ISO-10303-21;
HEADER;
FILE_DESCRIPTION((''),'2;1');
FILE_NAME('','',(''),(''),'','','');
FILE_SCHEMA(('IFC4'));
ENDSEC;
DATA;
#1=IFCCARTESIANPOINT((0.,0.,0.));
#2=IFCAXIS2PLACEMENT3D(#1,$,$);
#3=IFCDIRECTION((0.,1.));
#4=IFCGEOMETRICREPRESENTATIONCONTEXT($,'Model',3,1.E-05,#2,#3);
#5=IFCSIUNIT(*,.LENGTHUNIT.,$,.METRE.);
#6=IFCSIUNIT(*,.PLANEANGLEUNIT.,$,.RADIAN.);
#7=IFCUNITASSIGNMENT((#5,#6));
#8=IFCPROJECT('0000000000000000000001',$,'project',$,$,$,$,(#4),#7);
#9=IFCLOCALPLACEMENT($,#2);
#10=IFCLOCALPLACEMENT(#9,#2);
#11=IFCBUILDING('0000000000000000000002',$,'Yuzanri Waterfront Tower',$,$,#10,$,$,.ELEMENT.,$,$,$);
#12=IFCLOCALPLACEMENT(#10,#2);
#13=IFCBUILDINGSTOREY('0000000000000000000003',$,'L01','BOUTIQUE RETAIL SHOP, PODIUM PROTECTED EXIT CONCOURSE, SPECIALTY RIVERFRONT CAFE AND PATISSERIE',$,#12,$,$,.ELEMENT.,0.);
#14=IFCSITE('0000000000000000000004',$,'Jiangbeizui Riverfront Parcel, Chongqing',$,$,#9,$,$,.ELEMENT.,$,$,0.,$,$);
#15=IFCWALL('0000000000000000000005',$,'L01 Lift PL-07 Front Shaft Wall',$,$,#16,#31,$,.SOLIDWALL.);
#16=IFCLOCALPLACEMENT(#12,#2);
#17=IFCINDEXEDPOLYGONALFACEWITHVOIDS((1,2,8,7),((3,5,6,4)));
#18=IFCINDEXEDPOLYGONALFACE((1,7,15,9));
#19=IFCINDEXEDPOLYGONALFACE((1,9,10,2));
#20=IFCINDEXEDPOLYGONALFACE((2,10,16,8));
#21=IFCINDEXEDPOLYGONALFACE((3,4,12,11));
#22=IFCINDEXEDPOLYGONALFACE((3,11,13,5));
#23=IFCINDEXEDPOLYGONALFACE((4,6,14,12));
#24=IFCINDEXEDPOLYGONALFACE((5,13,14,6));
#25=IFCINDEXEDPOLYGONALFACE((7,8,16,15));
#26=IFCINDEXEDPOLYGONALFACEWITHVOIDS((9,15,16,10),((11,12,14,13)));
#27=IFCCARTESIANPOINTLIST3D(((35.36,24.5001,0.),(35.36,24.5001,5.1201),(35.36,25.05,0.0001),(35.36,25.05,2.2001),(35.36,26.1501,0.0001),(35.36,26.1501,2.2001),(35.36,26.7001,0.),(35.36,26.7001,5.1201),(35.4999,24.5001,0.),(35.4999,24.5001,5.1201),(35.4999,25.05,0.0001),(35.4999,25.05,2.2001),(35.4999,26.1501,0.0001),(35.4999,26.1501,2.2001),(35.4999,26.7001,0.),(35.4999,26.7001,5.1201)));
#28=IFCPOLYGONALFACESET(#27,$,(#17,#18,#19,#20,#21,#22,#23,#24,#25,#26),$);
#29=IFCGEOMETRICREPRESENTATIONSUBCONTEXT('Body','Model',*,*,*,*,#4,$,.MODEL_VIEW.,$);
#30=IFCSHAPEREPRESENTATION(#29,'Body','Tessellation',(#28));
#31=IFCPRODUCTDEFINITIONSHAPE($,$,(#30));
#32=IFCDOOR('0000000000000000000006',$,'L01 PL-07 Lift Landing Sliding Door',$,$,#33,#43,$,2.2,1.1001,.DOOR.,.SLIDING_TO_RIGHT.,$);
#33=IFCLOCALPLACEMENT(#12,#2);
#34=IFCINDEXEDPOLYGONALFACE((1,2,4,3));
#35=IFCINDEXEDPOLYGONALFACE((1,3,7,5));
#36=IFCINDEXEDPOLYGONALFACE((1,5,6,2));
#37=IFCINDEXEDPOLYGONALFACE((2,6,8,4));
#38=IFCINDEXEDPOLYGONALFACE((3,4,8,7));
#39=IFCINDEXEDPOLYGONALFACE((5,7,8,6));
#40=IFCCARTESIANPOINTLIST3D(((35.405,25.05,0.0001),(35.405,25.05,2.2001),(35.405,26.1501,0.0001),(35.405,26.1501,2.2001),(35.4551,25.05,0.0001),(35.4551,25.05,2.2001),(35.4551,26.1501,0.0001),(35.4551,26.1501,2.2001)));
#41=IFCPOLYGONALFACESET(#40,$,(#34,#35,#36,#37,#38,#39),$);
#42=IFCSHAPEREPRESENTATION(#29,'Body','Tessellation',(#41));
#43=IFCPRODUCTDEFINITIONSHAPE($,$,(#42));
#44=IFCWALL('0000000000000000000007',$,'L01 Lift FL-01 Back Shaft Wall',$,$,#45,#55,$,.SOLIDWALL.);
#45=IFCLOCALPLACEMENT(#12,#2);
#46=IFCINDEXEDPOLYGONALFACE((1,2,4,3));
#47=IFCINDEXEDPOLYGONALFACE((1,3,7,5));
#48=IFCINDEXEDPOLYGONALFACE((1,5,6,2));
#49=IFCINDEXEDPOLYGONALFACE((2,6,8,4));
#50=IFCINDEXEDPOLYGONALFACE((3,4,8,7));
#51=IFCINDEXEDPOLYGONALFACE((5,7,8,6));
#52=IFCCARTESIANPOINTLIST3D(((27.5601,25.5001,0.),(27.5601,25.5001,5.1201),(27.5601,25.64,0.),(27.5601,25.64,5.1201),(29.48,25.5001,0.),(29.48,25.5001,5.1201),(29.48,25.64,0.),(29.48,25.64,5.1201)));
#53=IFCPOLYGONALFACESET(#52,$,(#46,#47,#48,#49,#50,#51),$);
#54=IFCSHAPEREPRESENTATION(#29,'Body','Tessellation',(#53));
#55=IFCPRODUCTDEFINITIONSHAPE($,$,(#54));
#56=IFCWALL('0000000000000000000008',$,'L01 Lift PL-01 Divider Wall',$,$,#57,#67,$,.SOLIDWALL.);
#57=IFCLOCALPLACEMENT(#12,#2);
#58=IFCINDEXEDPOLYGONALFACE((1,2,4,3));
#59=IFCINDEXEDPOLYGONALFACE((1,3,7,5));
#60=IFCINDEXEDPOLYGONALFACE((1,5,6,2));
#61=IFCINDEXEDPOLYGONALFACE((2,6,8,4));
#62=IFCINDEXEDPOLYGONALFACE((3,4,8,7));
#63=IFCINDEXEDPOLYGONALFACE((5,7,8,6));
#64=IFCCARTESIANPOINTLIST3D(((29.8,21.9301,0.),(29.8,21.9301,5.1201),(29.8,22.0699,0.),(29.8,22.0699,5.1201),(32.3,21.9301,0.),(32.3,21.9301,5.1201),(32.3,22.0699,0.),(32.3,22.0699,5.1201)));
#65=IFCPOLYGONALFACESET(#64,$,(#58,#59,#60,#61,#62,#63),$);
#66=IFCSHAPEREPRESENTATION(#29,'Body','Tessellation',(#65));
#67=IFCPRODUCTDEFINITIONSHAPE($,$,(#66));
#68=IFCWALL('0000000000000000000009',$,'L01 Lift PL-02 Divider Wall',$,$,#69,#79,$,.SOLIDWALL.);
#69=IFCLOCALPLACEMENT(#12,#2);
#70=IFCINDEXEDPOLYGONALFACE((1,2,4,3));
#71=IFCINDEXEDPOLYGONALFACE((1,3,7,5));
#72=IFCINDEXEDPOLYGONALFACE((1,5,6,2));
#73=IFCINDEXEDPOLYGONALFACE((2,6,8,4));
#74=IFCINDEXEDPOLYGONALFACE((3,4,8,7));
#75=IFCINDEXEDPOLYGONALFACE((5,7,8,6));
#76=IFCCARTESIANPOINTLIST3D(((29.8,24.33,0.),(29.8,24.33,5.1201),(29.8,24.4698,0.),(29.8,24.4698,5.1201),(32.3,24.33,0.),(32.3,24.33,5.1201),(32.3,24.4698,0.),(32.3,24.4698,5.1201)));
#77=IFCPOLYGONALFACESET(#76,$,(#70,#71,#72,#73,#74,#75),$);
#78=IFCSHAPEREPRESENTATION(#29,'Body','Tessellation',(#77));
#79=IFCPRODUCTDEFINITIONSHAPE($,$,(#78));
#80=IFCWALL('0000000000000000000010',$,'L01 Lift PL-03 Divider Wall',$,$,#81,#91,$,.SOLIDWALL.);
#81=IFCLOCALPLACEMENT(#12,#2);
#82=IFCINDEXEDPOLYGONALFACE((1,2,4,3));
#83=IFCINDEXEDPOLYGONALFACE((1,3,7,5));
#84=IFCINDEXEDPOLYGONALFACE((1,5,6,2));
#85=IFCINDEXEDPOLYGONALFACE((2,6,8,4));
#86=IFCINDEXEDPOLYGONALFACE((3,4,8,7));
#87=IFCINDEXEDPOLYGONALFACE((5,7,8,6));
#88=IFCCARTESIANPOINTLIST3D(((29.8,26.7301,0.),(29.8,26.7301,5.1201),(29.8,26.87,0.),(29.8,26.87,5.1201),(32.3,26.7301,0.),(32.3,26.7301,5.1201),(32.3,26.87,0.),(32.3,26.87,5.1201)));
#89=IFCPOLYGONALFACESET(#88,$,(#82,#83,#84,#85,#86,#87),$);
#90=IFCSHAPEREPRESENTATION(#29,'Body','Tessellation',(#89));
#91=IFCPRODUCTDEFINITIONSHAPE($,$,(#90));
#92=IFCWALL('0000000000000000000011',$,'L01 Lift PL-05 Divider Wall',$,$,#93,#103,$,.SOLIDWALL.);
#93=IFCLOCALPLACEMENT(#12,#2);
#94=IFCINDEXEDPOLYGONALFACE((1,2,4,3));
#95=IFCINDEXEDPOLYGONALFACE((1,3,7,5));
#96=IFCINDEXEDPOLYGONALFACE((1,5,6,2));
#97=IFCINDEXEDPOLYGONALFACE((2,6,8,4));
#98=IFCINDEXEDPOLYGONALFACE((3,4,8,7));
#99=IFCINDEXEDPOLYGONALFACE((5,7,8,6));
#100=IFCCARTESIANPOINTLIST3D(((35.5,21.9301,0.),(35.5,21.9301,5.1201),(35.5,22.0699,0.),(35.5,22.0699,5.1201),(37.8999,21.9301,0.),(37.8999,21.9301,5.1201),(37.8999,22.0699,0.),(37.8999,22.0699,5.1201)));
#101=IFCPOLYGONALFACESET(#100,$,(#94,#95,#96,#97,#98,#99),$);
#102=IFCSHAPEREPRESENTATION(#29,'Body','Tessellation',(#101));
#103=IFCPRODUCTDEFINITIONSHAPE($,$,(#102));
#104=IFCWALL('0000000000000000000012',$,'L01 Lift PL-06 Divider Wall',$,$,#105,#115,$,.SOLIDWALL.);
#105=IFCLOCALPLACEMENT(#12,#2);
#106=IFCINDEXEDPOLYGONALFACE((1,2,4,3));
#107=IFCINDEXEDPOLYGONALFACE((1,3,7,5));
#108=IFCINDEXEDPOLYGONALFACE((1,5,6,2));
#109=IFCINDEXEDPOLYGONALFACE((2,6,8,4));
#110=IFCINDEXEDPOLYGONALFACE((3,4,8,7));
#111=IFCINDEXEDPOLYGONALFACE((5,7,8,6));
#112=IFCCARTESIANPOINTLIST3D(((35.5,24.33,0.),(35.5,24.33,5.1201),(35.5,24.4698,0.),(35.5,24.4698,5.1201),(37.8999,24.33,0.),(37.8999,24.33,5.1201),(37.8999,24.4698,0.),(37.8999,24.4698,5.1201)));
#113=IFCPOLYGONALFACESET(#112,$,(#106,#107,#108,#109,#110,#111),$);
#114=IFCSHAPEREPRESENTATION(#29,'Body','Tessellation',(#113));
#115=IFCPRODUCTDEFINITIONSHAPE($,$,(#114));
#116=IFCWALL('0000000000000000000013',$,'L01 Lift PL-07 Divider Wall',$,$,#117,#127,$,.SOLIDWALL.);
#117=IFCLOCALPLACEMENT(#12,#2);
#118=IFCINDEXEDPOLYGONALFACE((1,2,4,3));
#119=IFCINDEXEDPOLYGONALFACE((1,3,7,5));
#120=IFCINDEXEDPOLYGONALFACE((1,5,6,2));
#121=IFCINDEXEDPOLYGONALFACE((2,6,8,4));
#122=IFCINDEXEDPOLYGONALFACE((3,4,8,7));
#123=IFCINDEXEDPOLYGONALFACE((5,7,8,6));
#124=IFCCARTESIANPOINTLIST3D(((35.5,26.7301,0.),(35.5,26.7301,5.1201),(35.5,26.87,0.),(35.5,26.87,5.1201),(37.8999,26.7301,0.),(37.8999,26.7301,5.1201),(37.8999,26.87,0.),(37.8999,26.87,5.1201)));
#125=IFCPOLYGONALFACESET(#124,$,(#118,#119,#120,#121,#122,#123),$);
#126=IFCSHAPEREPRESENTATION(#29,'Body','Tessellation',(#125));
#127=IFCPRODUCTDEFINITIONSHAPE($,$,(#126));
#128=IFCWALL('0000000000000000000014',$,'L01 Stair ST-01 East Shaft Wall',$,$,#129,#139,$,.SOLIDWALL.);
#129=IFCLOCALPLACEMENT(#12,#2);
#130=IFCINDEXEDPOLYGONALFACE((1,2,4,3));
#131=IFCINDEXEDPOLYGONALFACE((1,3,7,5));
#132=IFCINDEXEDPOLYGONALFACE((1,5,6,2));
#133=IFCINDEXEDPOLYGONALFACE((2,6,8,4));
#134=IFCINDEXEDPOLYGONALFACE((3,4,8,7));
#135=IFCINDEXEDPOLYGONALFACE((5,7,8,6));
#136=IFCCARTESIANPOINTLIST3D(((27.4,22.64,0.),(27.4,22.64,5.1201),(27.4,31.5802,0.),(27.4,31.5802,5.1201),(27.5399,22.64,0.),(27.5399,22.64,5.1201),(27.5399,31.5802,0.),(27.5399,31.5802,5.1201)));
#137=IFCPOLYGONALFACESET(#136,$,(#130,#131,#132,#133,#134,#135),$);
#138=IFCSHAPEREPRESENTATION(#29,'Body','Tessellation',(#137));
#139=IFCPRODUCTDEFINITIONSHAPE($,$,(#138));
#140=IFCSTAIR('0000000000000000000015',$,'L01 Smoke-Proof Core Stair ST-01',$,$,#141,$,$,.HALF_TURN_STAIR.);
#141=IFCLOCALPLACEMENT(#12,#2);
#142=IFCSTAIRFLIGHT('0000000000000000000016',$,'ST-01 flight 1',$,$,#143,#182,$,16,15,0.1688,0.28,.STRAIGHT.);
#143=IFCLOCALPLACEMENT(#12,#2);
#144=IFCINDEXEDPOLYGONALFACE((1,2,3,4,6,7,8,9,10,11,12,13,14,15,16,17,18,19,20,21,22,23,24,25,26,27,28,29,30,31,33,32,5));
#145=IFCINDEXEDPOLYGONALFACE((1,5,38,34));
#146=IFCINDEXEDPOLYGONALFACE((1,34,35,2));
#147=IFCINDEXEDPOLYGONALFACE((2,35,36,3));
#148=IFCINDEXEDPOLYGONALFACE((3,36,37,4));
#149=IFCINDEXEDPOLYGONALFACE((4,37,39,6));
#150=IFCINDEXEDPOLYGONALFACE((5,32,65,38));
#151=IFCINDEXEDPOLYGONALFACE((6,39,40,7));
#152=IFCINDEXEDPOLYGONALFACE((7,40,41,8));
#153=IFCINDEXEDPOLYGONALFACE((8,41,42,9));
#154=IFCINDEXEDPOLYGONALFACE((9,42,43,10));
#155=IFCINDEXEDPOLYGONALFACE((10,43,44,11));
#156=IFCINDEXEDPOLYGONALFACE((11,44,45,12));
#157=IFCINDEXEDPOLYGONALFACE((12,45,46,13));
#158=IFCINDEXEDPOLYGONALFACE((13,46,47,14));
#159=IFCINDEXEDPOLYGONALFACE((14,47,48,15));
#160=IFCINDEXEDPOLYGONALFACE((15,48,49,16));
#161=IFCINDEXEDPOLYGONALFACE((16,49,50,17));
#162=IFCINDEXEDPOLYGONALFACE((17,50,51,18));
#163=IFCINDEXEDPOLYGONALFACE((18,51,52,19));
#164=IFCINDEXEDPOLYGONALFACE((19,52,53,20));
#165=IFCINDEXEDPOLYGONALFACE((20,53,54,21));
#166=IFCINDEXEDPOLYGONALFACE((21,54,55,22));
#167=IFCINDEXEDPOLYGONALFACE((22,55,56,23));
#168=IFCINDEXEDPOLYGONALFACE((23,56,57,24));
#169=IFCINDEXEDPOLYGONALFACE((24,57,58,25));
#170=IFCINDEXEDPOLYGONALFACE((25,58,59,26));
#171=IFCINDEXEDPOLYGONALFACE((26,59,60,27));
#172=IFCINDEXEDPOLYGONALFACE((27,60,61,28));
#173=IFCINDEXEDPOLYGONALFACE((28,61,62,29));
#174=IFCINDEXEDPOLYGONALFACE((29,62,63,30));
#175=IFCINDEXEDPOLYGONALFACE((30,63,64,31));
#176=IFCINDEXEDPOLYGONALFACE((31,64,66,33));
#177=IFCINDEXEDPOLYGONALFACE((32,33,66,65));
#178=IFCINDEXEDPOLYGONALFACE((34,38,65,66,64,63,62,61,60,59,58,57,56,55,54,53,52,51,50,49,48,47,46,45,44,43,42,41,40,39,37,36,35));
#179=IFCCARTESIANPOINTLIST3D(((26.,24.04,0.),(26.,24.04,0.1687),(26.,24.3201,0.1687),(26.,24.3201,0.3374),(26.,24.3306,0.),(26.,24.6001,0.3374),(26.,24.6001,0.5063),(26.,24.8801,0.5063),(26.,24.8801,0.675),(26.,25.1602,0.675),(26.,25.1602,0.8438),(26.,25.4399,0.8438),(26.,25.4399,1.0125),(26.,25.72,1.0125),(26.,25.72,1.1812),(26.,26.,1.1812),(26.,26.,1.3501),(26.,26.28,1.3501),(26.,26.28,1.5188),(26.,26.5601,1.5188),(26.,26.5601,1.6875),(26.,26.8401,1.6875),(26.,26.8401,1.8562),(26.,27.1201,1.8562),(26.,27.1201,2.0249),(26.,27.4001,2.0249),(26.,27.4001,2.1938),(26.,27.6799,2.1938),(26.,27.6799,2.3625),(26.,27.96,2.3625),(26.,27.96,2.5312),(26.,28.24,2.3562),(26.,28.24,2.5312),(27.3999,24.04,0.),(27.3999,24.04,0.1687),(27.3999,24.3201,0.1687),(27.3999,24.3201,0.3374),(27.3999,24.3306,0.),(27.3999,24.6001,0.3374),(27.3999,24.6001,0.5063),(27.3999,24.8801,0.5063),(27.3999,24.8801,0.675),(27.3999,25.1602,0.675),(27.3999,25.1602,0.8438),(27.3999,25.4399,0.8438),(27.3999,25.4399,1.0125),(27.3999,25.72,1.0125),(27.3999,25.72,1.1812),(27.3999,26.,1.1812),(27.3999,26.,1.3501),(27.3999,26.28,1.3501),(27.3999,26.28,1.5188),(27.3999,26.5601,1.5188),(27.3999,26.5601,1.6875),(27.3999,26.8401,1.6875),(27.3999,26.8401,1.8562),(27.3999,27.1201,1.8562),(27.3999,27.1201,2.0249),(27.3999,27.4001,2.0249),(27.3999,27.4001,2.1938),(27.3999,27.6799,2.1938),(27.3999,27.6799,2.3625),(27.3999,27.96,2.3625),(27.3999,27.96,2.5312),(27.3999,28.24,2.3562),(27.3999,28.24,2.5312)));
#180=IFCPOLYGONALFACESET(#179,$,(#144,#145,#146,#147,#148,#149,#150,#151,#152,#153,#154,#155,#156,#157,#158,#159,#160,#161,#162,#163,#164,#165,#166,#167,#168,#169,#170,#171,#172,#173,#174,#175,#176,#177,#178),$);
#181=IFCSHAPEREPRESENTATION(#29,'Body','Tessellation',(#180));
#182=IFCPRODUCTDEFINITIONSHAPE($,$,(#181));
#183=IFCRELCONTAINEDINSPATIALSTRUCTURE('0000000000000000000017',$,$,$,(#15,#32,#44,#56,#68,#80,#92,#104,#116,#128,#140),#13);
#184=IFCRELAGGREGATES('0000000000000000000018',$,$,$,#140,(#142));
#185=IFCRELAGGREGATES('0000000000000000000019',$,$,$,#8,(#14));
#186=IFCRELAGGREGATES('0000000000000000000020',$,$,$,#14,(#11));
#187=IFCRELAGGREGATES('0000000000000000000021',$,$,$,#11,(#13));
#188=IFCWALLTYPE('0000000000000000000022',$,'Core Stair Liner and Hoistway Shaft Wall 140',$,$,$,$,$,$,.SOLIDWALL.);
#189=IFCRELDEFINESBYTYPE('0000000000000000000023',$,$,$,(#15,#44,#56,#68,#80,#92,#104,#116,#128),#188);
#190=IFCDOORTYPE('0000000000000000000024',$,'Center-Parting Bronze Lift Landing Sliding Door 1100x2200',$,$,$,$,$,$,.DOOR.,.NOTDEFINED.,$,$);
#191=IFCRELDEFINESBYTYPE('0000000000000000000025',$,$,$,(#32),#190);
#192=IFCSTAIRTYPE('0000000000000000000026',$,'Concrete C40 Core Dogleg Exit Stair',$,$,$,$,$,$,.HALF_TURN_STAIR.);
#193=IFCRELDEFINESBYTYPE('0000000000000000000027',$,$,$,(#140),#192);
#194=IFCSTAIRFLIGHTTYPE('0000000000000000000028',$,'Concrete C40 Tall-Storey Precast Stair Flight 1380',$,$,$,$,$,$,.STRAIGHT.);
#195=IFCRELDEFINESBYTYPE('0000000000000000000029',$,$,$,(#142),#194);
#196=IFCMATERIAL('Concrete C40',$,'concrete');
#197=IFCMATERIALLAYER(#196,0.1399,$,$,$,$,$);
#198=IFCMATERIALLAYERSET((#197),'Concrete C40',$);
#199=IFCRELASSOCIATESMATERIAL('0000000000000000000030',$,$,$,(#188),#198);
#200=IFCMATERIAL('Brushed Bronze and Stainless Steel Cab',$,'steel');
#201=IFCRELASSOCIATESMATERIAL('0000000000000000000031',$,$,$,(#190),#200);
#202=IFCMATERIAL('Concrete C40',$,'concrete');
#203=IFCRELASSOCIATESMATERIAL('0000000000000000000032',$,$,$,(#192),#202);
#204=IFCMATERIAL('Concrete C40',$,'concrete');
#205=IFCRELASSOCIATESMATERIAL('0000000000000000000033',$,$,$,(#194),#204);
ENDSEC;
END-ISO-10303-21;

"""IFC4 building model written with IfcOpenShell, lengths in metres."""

from ifc_helpers import new_model, si_unit, direction, frame, frame_2d, origin, place, context, subcontext, project, spatial, polyline, rectangle, outline, extrude, source, transform, mapped, material, layer, layer_set, type_object, element, fill, aggregate, save


model = new_model("IFC4")

# Units and contexts
model_context = context("Model", 3, precision=1e-05, world=origin(), true_north=direction((0.0, 1.0)))
body_context = subcontext(model_context, "Body", "Model", "MODEL_VIEW")
ifc_project = project(units=[si_unit("LENGTHUNIT", "METRE"), si_unit("PLANEANGLEUNIT", "RADIAN")], contexts=[model_context])

# Site, building, storey
site_placement = place(None, origin())
site = spatial("IfcSite", under=ifc_project, at=site_placement, Name="Jiangbeizui Riverfront Parcel, Chongqing", CompositionType="ELEMENT", RefElevation=0.0)
building_placement = place(site_placement, origin())
building = spatial("IfcBuilding", under=site, at=building_placement, Name="Yuzanri Waterfront Tower", CompositionType="ELEMENT")
storey_placement = place(building_placement, origin())
storey = spatial("IfcBuildingStorey", under=building, at=storey_placement, Name="L01", Description="BOUTIQUE RETAIL SHOP, PODIUM PROTECTED EXIT CONCOURSE, SPECIALTY RIVERFRONT CAFE AND PATISSERIE", CompositionType="ELEMENT", Elevation=0.0)

# Wall, opening, door
ifc_material_1 = material(Name="Concrete C40", Category="concrete")
ifc_layer_1 = layer(ifc_material_1, 0.1399)
ifc_layer_set_1 = layer_set([ifc_layer_1], Name="Concrete C40")
wall_type = type_object("IfcWallType", Name="Core Stair Liner and Hoistway Shaft Wall 140", PredefinedType="SOLIDWALL", material=ifc_layer_set_1)
ifc_material_2 = material(Name="Brushed Bronze and Stainless Steel Cab", Category="steel")
door_type = type_object("IfcDoorType", Name="Center-Parting Bronze Lift Landing Sliding Door 1100x2200", OperationType="NOTDEFINED", PredefinedType="DOOR", material=ifc_material_2)
shared_shape_1 = source(origin(), body_context, "Body", "SweptSolid", [
    extrude(rectangle(XDim=1.1001, YDim=2.2, at=frame_2d((0.55, 1.1001))), frame((0.0, 0.0249, 0.0), z_axis=(0.0, -1.0, 0.0), x_axis=(1.0, 0.0, 0.0)), (0.0, 0.0, 1.0), 0.05),
])
wall_1_placement = place(storey_placement, frame((35.4299, 24.5, 0.0), z_axis=(0.0, 0.0, 1.0), x_axis=(0.0, 1.0, 0.0)))
wall_1 = element("IfcWall", 1, at=wall_1_placement, inside=storey, type_object=wall_type, Name="L01 Lift PL-07 Front Shaft Wall", PredefinedType="SOLIDWALL", context=body_context, shape_type="SweptSolid", body=[
    extrude(rectangle(XDim=2.2, YDim=0.1399, at=frame_2d((1.1001, 0.0))), origin(), (0.0, 0.0, 1.0), 5.1201),
])
opening_1_placement = place(wall_1_placement, frame((0.55, 0.0, 0.0)))
opening_1 = element("IfcOpeningElement", 2, at=opening_1_placement, cuts=wall_1, PredefinedType="OPENING", context=body_context, shape_type="SweptSolid", body=[
    extrude(rectangle(XDim=1.1001, YDim=2.2, at=frame_2d((0.55, 1.1001))), frame((0.0, 0.085, 0.0), z_axis=(0.0, -1.0, 0.0), x_axis=(1.0, 0.0, 0.0)), (0.0, 0.0, 1.0), 0.1697),
])
door_1_placement = place(opening_1_placement, origin())
door_1 = element("IfcDoor", 3, at=door_1_placement, inside=storey, type_object=door_type, Name="L01 PL-07 Lift Landing Sliding Door", OperationType="SLIDING_TO_RIGHT", OverallHeight=2.2, OverallWidth=1.1001, PredefinedType="DOOR", context=body_context, shape_type="MappedRepresentation", body=[
    mapped(shared_shape_1, transform((0.0, 0.0, 0.0), scale=1.0)),
])
fill(opening_1, door_1)

# Walls
shared_shape_2 = source(origin(), body_context, "Body", "SweptSolid", [
    extrude(rectangle(XDim=1.9199, YDim=0.1399, at=frame_2d((0.96, 0.0))), origin(), (0.0, 0.0, 1.0), 5.1201),
])
wall_2_placement = place(storey_placement, frame((27.5601, 25.5701, 0.0), z_axis=(0.0, 0.0, 1.0), x_axis=(1.0, 0.0, 0.0)))
element("IfcWall", 4, at=wall_2_placement, inside=storey, type_object=wall_type, Name="L01 Lift FL-01 Back Shaft Wall", PredefinedType="SOLIDWALL", context=body_context, shape_type="MappedRepresentation", body=[
    mapped(shared_shape_2, transform((0.0, 0.0, 0.0), scale=1.0)),
])
shared_shape_3 = source(origin(), body_context, "Body", "SweptSolid", [
    extrude(rectangle(XDim=2.5, YDim=0.1399, at=frame_2d((1.25, 0.0))), origin(), (0.0, 0.0, 1.0), 5.1201),
])
for number, where, z_axis, x_axis, name in (
    (5, (29.8, 22.0, 0.0), (0.0, 0.0, 1.0), (1.0, 0.0, 0.0), "L01 Lift PL-01 Divider Wall"),
    (6, (29.8, 24.3999, 0.0), (0.0, 0.0, 1.0), (1.0, 0.0, 0.0), "L01 Lift PL-02 Divider Wall"),
    (7, (29.8, 26.8, 0.0), (0.0, 0.0, 1.0), (1.0, 0.0, 0.0), "L01 Lift PL-03 Divider Wall"),
):
    element("IfcWall", number, at=place(storey_placement, frame(where, z_axis=z_axis, x_axis=x_axis)), inside=storey, type_object=wall_type, Name=name, PredefinedType="SOLIDWALL", context=body_context, shape_type="MappedRepresentation", body=[
        mapped(shared_shape_3, transform((0.0, 0.0, 0.0), scale=1.0)),
    ])
shared_shape_4 = source(origin(), body_context, "Body", "SweptSolid", [
    extrude(rectangle(XDim=2.3999, YDim=0.1399, at=frame_2d((1.2, 0.0))), origin(), (0.0, 0.0, 1.0), 5.1201),
])
for number, where, z_axis, x_axis, name in (
    (8, (35.5, 22.0, 0.0), (0.0, 0.0, 1.0), (1.0, 0.0, 0.0), "L01 Lift PL-05 Divider Wall"),
    (9, (35.5, 24.3999, 0.0), (0.0, 0.0, 1.0), (1.0, 0.0, 0.0), "L01 Lift PL-06 Divider Wall"),
    (10, (35.5, 26.8, 0.0), (0.0, 0.0, 1.0), (1.0, 0.0, 0.0), "L01 Lift PL-07 Divider Wall"),
):
    element("IfcWall", number, at=place(storey_placement, frame(where, z_axis=z_axis, x_axis=x_axis)), inside=storey, type_object=wall_type, Name=name, PredefinedType="SOLIDWALL", context=body_context, shape_type="MappedRepresentation", body=[
        mapped(shared_shape_4, transform((0.0, 0.0, 0.0), scale=1.0)),
    ])
shared_shape_5 = source(origin(), body_context, "Body", "SweptSolid", [
    extrude(rectangle(XDim=8.9402, YDim=0.1399, at=frame_2d((4.4702, 0.0))), origin(), (0.0, 0.0, 1.0), 5.1201),
])
wall_3_placement = place(storey_placement, frame((27.47, 22.6399, 0.0), z_axis=(0.0, 0.0, 1.0), x_axis=(0.0, 1.0, 0.0)))
element("IfcWall", 11, at=wall_3_placement, inside=storey, type_object=wall_type, Name="L01 Stair ST-01 East Shaft Wall", PredefinedType="SOLIDWALL", context=body_context, shape_type="MappedRepresentation", body=[
    mapped(shared_shape_5, transform((0.0, 0.0, 0.0), scale=1.0)),
])

# Stair, stair flight
ifc_material_3 = material(Name="Concrete C40", Category="concrete")
stair_type = type_object("IfcStairType", Name="Concrete C40 Core Dogleg Exit Stair", PredefinedType="HALF_TURN_STAIR", material=ifc_material_3)
stair_placement = place(storey_placement, origin())
stair = element("IfcStair", 12, at=stair_placement, inside=storey, type_object=stair_type, Name="L01 Smoke-Proof Core Stair ST-01", PredefinedType="HALF_TURN_STAIR")
ifc_material_4 = material(Name="Concrete C40", Category="concrete")
stair_flight_type = type_object("IfcStairFlightType", Name="Concrete C40 Tall-Storey Precast Stair Flight 1380", PredefinedType="STRAIGHT", material=ifc_material_4)
shared_shape_6 = source(origin(), body_context, "Body", "SweptSolid", [
    extrude(outline(polyline([(0.0, 0.0), (0.0, 0.1687), (0.28, 0.1687), (0.28, 0.3374), (0.5601, 0.3374), (0.5601, 0.5063), (0.8401, 0.5063), (0.8401, 0.675), (1.1201, 0.675), (1.1201, 0.8438), (1.3999, 0.8438), (1.3999, 1.0125), (1.6799, 1.0125), (1.6799, 1.1812), (1.96, 1.1812), (1.96, 1.3501), (2.24, 1.3501), (2.24, 1.5188), (2.52, 1.5188), (2.52, 1.6875), (2.8, 1.6875), (2.8, 1.8562), (3.0801, 1.8562), (3.0801, 2.0249), (3.3601, 2.0249), (3.3601, 2.1938), (3.6399, 2.1938), (3.6399, 2.3625), (3.9199, 2.3625), (3.9199, 2.5312), (4.2, 2.5312), (4.2, 2.7), (4.2, 2.3562), (0.2905, 0.0), (0.0, 0.0)])), frame((0.0, 0.7, 0.0), z_axis=(0.0, -1.0, 0.0), x_axis=(1.0, 0.0, 0.0)), (0.0, 0.0, 1.0), 1.3999),
])
stair_flight_placement = place(storey_placement, frame((26.7, 24.04, 0.0), z_axis=(0.0, 0.0, 1.0), x_axis=(0.0, 1.0, 0.0)))
stair_flight = element("IfcStairFlight", 13, at=stair_flight_placement, type_object=stair_flight_type, Name="ST-01 flight 1", NumberOfRisers=16, NumberOfTreads=15, PredefinedType="STRAIGHT", RiserHeight=0.1688, TreadLength=0.28, context=body_context, shape_type="MappedRepresentation", body=[
    mapped(shared_shape_6, transform((0.0, 0.0, 0.0), scale=1.0)),
])
aggregate(stair, [stair_flight])

save(model, "model.ifc")
